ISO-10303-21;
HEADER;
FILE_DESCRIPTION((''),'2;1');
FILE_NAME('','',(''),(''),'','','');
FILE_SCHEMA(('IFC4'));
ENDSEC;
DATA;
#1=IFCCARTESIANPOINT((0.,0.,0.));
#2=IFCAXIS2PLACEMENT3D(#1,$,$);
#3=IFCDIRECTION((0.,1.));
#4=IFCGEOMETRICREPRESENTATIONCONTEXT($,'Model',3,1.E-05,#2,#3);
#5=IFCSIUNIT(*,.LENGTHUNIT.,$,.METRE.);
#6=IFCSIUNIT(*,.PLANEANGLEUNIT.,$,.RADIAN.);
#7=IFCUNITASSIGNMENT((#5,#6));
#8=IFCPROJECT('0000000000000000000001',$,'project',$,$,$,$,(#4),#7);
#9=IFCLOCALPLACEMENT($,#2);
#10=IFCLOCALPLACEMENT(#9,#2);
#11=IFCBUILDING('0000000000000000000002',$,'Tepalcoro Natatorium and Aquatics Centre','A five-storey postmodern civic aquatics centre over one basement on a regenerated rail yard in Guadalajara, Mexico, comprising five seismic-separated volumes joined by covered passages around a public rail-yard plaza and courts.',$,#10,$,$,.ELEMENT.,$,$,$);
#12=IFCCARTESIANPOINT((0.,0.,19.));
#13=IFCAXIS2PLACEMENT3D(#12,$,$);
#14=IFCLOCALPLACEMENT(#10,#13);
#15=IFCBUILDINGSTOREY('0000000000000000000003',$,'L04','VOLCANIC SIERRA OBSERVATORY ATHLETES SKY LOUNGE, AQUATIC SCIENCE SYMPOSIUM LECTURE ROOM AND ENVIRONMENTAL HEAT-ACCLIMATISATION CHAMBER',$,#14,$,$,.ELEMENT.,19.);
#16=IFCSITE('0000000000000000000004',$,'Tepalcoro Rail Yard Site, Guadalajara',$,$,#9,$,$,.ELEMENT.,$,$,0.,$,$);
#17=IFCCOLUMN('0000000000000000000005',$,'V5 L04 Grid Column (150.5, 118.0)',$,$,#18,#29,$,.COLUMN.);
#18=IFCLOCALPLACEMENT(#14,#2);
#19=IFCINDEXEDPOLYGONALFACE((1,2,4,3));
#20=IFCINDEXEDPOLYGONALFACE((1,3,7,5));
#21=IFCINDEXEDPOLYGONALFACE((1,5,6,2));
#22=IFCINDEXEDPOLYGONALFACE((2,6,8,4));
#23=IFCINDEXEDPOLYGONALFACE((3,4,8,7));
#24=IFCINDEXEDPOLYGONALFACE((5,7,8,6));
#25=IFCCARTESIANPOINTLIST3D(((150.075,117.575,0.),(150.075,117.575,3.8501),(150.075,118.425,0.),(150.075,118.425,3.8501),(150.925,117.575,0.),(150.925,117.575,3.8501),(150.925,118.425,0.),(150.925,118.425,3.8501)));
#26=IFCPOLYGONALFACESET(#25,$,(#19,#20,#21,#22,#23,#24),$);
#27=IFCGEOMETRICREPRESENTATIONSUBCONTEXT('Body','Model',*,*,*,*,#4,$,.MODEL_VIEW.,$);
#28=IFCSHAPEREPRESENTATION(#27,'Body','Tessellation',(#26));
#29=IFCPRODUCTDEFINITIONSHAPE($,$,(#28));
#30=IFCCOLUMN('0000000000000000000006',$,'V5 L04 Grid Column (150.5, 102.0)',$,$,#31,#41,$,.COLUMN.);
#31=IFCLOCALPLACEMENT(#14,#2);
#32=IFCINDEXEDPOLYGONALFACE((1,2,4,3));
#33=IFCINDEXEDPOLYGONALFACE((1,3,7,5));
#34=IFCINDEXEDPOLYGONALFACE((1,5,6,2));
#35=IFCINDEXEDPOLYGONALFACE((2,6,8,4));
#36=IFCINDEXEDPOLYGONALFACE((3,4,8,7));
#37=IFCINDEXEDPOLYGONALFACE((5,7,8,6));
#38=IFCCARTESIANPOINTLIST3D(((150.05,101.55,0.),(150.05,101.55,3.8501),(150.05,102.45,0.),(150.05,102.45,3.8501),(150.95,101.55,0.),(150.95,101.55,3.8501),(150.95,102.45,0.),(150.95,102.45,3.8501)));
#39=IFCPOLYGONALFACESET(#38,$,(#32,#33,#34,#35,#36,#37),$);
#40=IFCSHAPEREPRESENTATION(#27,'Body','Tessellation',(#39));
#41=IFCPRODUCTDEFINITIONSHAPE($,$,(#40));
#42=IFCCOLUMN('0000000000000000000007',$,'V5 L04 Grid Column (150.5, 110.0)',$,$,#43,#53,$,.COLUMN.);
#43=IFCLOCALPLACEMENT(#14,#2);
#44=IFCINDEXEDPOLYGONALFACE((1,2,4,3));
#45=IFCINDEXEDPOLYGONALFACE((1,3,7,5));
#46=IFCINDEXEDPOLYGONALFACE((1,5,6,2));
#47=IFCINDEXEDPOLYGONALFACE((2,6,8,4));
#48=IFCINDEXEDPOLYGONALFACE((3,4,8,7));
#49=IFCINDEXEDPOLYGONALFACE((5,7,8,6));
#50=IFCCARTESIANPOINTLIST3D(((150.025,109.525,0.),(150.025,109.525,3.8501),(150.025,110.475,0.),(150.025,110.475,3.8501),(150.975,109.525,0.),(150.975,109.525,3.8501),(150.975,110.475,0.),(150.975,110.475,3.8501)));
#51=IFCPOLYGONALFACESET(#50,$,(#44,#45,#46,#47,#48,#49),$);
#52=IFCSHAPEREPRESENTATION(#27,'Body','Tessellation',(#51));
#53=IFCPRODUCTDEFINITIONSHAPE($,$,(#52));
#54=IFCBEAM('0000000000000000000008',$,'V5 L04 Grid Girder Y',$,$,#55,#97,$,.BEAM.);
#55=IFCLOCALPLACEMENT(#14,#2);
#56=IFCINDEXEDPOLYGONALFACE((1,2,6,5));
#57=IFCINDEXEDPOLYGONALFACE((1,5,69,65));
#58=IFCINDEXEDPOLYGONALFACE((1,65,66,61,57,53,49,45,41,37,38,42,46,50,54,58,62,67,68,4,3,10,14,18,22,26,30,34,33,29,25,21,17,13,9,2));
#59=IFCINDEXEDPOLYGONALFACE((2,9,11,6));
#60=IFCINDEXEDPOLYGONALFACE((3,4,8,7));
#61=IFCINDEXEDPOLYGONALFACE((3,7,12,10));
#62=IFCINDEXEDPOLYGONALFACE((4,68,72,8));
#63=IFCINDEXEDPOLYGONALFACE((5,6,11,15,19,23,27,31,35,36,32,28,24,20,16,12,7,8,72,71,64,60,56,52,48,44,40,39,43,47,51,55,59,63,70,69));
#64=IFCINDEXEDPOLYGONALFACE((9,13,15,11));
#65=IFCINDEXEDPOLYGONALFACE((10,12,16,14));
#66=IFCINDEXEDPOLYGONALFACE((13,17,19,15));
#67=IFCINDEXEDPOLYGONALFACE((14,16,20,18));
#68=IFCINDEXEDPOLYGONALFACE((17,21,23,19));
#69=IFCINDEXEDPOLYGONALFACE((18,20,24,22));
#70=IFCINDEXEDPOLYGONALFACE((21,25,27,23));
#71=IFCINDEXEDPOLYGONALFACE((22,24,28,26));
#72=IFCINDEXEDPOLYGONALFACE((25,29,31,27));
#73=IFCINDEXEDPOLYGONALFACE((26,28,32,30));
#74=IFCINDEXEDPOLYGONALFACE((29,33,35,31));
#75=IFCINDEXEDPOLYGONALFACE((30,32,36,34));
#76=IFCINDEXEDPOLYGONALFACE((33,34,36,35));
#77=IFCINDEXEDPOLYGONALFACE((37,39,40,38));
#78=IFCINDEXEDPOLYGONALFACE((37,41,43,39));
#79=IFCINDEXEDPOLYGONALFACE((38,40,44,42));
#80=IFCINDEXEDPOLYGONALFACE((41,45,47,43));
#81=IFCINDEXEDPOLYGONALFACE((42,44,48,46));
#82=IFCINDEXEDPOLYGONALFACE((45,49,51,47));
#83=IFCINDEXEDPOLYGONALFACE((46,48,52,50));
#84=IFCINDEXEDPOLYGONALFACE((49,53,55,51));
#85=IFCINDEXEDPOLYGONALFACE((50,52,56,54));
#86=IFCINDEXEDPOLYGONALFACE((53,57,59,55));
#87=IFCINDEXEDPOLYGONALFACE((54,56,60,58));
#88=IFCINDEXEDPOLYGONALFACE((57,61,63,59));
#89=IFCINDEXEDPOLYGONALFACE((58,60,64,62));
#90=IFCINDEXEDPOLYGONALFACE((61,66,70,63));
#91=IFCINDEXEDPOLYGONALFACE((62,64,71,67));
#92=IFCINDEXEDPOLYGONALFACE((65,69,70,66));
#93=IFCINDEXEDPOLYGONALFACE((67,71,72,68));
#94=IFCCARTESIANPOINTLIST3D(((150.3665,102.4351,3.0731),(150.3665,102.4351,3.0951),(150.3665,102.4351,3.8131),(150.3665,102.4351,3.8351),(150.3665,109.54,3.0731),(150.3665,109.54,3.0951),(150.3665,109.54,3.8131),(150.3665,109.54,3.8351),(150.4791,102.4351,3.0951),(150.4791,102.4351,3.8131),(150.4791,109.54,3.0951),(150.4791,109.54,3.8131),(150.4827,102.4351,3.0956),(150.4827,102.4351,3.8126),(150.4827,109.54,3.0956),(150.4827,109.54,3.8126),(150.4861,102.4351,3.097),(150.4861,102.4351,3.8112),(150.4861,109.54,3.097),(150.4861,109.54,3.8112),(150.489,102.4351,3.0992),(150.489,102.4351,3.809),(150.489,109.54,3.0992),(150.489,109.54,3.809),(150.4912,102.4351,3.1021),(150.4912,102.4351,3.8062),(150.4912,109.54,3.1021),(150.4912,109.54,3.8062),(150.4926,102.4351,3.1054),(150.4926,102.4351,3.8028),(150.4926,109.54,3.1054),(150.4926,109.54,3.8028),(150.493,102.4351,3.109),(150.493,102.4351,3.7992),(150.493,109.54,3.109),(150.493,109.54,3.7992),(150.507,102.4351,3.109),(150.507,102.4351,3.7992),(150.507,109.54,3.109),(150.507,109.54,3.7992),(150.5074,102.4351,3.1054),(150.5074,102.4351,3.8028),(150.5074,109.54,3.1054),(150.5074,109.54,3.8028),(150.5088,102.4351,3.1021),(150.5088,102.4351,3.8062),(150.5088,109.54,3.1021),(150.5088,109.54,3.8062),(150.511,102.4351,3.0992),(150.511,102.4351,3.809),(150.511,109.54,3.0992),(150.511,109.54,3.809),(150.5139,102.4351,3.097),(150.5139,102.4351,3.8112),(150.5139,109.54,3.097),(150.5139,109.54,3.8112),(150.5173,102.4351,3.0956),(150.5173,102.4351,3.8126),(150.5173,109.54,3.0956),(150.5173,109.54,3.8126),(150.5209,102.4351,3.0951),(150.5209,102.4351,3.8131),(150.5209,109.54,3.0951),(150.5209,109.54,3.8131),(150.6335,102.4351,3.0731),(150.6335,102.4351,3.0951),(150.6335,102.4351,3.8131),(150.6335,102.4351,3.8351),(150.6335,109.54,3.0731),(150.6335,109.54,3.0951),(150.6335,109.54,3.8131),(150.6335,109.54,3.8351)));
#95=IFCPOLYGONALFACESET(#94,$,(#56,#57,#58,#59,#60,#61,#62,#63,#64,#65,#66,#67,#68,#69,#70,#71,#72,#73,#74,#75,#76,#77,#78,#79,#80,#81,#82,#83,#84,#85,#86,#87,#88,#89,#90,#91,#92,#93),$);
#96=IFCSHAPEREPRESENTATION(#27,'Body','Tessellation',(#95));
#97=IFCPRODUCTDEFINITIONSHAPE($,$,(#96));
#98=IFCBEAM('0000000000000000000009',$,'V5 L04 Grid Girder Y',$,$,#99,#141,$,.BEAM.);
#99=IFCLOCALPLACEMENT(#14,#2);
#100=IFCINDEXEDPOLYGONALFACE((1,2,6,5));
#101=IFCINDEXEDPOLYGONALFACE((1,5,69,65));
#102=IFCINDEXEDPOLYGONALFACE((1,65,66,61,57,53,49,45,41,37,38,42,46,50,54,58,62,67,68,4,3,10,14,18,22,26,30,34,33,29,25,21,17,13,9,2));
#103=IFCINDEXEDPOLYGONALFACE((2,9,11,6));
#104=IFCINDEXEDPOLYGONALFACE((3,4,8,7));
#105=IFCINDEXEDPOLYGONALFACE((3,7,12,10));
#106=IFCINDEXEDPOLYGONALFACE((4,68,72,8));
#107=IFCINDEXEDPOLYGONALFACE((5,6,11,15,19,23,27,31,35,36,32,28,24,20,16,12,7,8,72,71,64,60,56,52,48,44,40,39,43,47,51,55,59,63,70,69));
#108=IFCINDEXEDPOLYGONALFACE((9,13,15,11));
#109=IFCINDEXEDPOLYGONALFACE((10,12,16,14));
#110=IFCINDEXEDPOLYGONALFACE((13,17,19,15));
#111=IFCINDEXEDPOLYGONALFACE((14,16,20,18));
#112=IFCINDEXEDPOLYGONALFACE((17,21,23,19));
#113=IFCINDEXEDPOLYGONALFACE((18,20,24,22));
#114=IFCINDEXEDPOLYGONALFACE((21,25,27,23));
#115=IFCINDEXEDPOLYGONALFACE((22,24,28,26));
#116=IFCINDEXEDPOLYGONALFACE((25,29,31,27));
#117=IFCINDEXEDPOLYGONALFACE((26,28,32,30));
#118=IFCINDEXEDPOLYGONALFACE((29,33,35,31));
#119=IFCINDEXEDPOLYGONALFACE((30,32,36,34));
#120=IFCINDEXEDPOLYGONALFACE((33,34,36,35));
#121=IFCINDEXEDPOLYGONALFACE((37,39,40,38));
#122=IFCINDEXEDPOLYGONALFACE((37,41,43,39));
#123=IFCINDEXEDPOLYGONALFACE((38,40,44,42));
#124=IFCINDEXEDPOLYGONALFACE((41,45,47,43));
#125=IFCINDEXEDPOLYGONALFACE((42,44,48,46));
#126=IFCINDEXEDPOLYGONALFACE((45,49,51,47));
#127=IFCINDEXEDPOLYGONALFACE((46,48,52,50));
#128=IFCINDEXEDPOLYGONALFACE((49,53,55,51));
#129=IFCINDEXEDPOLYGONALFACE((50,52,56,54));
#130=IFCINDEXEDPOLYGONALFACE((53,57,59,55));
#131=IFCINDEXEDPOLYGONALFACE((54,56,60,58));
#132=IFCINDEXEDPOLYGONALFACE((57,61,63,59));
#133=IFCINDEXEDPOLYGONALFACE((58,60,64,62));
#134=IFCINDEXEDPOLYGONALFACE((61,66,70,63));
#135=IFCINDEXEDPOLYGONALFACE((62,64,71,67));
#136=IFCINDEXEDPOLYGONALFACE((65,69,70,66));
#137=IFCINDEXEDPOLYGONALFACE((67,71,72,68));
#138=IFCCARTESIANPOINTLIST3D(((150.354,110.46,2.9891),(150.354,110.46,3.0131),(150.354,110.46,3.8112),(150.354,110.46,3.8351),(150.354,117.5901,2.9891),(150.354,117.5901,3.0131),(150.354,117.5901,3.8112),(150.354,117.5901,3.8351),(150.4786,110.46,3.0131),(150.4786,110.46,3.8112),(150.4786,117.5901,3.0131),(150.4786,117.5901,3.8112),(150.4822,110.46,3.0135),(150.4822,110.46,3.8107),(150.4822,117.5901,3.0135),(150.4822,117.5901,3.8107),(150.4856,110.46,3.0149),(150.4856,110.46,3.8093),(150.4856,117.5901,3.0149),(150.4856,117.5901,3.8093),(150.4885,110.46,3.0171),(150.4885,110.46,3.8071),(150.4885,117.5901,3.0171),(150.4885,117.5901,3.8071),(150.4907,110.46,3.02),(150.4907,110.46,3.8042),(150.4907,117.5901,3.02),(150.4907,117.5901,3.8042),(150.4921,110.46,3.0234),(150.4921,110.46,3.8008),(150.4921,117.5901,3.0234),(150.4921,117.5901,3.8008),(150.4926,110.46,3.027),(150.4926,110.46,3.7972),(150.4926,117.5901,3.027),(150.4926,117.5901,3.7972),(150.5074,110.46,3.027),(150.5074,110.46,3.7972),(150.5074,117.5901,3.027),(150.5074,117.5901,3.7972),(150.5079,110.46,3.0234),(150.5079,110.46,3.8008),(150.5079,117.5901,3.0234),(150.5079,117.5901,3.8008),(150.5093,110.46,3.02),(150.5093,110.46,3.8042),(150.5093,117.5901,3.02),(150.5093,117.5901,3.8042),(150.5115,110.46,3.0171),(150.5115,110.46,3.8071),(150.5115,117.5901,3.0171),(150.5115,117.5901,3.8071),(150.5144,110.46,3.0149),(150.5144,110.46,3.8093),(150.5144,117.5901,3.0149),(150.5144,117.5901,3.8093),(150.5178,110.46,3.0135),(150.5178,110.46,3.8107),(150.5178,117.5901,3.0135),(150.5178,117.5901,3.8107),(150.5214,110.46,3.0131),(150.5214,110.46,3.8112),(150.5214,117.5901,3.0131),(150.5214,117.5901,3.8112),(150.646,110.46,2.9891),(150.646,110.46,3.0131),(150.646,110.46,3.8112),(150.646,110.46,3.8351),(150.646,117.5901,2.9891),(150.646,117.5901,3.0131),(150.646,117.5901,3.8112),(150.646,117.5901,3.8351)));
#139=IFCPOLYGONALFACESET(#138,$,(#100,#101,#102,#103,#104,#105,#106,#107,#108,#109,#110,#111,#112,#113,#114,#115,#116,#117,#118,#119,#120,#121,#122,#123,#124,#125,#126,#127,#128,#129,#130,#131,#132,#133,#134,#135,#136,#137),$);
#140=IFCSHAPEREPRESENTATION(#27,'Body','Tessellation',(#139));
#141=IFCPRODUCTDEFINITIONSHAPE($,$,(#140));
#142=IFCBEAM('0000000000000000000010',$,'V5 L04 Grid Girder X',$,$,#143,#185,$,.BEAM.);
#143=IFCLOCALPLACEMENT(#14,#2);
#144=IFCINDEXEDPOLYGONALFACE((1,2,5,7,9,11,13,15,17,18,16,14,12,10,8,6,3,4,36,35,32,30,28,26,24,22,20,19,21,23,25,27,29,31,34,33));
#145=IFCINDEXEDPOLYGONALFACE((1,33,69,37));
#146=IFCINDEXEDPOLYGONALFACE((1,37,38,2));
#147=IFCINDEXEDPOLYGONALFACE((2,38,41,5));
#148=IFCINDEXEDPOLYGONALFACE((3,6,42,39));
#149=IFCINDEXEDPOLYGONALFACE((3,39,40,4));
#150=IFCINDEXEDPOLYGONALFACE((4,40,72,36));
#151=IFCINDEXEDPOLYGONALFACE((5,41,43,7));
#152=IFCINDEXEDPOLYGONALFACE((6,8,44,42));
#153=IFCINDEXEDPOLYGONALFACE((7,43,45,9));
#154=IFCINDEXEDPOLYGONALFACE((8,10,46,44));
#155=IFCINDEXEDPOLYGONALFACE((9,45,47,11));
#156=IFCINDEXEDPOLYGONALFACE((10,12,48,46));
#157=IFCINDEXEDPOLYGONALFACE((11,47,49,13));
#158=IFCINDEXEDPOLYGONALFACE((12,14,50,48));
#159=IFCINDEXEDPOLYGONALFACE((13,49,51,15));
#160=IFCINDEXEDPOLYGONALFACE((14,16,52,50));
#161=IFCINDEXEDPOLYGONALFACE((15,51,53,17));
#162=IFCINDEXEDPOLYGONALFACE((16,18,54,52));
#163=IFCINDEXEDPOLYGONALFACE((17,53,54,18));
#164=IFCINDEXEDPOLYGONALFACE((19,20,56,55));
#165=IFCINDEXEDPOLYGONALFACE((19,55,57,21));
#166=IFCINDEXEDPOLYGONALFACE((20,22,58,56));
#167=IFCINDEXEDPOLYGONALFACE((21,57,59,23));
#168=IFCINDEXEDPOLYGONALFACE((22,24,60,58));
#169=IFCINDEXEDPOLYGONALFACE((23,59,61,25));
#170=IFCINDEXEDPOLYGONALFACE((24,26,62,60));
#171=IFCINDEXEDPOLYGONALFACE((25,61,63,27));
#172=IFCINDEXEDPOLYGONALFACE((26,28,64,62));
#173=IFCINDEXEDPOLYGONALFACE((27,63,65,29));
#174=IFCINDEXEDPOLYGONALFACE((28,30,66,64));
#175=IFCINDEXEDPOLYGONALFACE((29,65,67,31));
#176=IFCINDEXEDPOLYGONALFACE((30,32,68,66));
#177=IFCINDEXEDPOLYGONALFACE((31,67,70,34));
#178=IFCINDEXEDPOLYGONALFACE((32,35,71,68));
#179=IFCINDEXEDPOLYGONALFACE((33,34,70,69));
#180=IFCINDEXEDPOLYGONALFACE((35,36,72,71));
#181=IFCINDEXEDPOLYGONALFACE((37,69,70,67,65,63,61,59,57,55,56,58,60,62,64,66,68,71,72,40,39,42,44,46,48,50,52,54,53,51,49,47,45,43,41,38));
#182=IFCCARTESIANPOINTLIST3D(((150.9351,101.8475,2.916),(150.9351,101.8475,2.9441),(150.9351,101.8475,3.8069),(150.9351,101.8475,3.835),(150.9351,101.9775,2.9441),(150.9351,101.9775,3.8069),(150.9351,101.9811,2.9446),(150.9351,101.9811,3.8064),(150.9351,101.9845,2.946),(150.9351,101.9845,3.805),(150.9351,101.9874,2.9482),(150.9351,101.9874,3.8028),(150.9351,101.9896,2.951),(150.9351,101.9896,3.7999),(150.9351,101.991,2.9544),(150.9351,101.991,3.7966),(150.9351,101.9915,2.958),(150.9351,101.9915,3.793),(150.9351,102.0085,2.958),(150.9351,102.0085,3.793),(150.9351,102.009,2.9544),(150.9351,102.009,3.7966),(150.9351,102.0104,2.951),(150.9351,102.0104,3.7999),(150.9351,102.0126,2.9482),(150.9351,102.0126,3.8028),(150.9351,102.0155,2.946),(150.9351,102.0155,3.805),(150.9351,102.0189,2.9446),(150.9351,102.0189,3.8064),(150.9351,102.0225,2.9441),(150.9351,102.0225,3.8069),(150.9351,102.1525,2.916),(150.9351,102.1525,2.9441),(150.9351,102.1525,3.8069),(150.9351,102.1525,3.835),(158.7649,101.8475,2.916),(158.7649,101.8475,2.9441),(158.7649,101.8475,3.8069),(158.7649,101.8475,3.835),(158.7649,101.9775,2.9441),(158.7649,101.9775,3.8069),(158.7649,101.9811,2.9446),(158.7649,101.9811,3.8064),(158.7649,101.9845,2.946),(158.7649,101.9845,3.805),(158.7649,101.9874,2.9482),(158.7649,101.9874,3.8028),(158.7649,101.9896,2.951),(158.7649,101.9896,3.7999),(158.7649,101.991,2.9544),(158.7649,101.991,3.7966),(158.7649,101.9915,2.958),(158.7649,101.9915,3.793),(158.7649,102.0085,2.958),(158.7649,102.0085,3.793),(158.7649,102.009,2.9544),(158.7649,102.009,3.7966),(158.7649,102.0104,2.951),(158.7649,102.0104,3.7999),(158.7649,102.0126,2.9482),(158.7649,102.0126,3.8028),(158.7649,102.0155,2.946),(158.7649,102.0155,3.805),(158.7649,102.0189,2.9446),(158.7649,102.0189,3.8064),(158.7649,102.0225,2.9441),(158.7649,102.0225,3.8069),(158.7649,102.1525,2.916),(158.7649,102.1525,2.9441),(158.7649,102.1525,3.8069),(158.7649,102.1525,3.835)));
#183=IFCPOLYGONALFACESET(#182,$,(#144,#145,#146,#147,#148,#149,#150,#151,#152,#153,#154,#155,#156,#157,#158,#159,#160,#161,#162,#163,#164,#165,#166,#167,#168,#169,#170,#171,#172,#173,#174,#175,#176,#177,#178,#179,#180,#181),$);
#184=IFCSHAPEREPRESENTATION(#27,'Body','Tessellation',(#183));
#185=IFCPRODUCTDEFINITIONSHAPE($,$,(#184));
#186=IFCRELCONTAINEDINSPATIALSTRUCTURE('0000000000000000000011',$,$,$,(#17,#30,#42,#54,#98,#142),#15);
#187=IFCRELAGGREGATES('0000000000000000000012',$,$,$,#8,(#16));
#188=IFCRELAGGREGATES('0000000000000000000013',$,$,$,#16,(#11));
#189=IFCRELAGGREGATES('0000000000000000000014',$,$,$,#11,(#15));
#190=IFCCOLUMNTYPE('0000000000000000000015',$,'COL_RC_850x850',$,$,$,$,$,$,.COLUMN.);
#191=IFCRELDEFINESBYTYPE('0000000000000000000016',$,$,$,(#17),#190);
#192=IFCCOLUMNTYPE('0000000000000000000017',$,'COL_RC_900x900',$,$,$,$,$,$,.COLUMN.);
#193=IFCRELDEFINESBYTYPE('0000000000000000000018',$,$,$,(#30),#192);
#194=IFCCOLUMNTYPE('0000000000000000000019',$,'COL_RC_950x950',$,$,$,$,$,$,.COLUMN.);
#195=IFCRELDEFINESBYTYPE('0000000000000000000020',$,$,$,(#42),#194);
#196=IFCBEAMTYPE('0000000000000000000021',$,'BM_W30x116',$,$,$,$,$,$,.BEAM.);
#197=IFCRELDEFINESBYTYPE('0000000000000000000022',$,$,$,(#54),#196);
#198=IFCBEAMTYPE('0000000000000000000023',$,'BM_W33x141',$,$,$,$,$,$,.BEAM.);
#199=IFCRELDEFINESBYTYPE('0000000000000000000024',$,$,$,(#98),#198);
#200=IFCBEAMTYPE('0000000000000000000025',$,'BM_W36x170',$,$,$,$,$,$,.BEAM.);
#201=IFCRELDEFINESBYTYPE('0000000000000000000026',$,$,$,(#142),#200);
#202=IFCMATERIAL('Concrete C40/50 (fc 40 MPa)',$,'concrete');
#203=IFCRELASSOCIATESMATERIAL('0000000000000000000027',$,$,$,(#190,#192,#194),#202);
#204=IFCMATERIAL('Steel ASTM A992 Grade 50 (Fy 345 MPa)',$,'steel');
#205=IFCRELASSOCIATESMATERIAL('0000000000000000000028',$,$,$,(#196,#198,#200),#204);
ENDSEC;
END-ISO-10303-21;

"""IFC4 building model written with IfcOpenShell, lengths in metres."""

from ifc_helpers import new_model, si_unit, direction, frame, origin, origin_2d, place, context, subcontext, project, spatial, rectangle, i_section, extrude, material, material_profile, profile_set, type_object, element, save


model = new_model("IFC4")

# Units and contexts
model_context = context("Model", 3, precision=1e-05, world=origin(), true_north=direction((0.0, 1.0)))
body_context = subcontext(model_context, "Body", "Model", "MODEL_VIEW")
ifc_project = project(units=[si_unit("LENGTHUNIT", "METRE"), si_unit("PLANEANGLEUNIT", "RADIAN")], contexts=[model_context])

# Site, building, storey
site_placement = place(None, origin())
site = spatial("IfcSite", under=ifc_project, at=site_placement, Name="Tepalcoro Rail Yard Site, Guadalajara", CompositionType="ELEMENT", RefElevation=0.0)
building_placement = place(site_placement, origin())
building = spatial("IfcBuilding", under=site, at=building_placement, Name="Tepalcoro Natatorium and Aquatics Centre", Description="A five-storey postmodern civic aquatics centre over one basement on a regenerated rail yard in Guadalajara, Mexico, comprising five seismic-separated volumes joined by covered passages around a public rail-yard plaza and courts.", CompositionType="ELEMENT")
storey_placement = place(building_placement, frame((0.0, 0.0, 19.0)))
storey = spatial("IfcBuildingStorey", under=building, at=storey_placement, Name="L04", Description="VOLCANIC SIERRA OBSERVATORY ATHLETES SKY LOUNGE, AQUATIC SCIENCE SYMPOSIUM LECTURE ROOM AND ENVIRONMENTAL HEAT-ACCLIMATISATION CHAMBER", CompositionType="ELEMENT", Elevation=19.0)

# Columns
ifc_material_1 = material(Name="Concrete C40/50 (fc 40 MPa)", Category="concrete")
ifc_material_profile_1 = material_profile(ifc_material_1, rectangle(XDim=0.8501, YDim=0.8501, at=origin_2d()), Name="RC850x850")
ifc_profile_set_1 = profile_set([ifc_material_profile_1], Name="Concrete C40/50 (fc 40 MPa)")
column_type_1 = type_object("IfcColumnType", Name="COL_RC_850x850", PredefinedType="COLUMN", material=ifc_profile_set_1)
column_1_placement = place(storey_placement, frame((150.5, 118.0, 0.0), z_axis=(0.0, 0.0, 1.0), x_axis=(1.0, 0.0, 0.0)))
element("IfcColumn", 1, at=column_1_placement, inside=storey, type_object=column_type_1, Name="V5 L04 Grid Column (150.5, 118.0)", PredefinedType="COLUMN", context=body_context, shape_type="SweptSolid", body=[
    extrude(rectangle(XDim=0.8501, YDim=0.8501, at=origin_2d()), origin(), (0.0, 0.0, 1.0), 3.8501),
])
ifc_material_profile_2 = material_profile(ifc_material_1, rectangle(XDim=0.8999, YDim=0.8999, at=origin_2d()), Name="RC900x900")
ifc_profile_set_2 = profile_set([ifc_material_profile_2], Name="Concrete C40/50 (fc 40 MPa)")
column_type_2 = type_object("IfcColumnType", Name="COL_RC_900x900", PredefinedType="COLUMN", material=ifc_profile_set_2)
column_2_placement = place(storey_placement, frame((150.5, 102.0, 0.0), z_axis=(0.0, 0.0, 1.0), x_axis=(1.0, 0.0, 0.0)))
element("IfcColumn", 2, at=column_2_placement, inside=storey, type_object=column_type_2, Name="V5 L04 Grid Column (150.5, 102.0)", PredefinedType="COLUMN", context=body_context, shape_type="SweptSolid", body=[
    extrude(rectangle(XDim=0.8999, YDim=0.8999, at=origin_2d()), origin(), (0.0, 0.0, 1.0), 3.8501),
])
ifc_material_profile_3 = material_profile(ifc_material_1, rectangle(XDim=0.95, YDim=0.95, at=origin_2d()), Name="RC950x950")
ifc_profile_set_3 = profile_set([ifc_material_profile_3], Name="Concrete C40/50 (fc 40 MPa)")
column_type_3 = type_object("IfcColumnType", Name="COL_RC_950x950", PredefinedType="COLUMN", material=ifc_profile_set_3)
column_3_placement = place(storey_placement, frame((150.5, 110.0, 0.0), z_axis=(0.0, 0.0, 1.0), x_axis=(1.0, 0.0, 0.0)))
element("IfcColumn", 3, at=column_3_placement, inside=storey, type_object=column_type_3, Name="V5 L04 Grid Column (150.5, 110.0)", PredefinedType="COLUMN", context=body_context, shape_type="SweptSolid", body=[
    extrude(rectangle(XDim=0.95, YDim=0.95, at=origin_2d()), origin(), (0.0, 0.0, 1.0), 3.8501),
])

# Beams
ifc_material_2 = material(Name="Steel ASTM A992 Grade 50 (Fy 345 MPa)", Category="steel")
ifc_material_profile_4 = material_profile(ifc_material_2, i_section(OverallWidth=0.2671, OverallDepth=0.762, WebThickness=0.0139, FlangeThickness=0.022, FilletRadius=0.0139, at=origin_2d()), Name="W30X116")
ifc_profile_set_4 = profile_set([ifc_material_profile_4], Name="Steel ASTM A992 Grade 50 (Fy 345 MPa)")
beam_type_1 = type_object("IfcBeamType", Name="BM_W30x116", PredefinedType="BEAM", material=ifc_profile_set_4)
beam_1_placement = place(storey_placement, frame((150.5, 102.4351, 3.4541), z_axis=(0.0, 1.0, 0.0), x_axis=(-1.0, 0.0, 0.0)))
element("IfcBeam", 4, at=beam_1_placement, inside=storey, type_object=beam_type_1, Name="V5 L04 Grid Girder Y", PredefinedType="BEAM", context=body_context, shape_type="SweptSolid", body=[
    extrude(i_section(OverallWidth=0.2671, OverallDepth=0.762, WebThickness=0.0139, FlangeThickness=0.022, FilletRadius=0.0139, at=origin_2d()), origin(), (0.0, 0.0, 1.0), 7.105),
])
ifc_material_profile_5 = material_profile(ifc_material_2, i_section(OverallWidth=0.292, OverallDepth=0.8459, WebThickness=0.0149, FlangeThickness=0.0239, FilletRadius=0.0139, at=origin_2d()), Name="W33X141")
ifc_profile_set_5 = profile_set([ifc_material_profile_5], Name="Steel ASTM A992 Grade 50 (Fy 345 MPa)")
beam_type_2 = type_object("IfcBeamType", Name="BM_W33x141", PredefinedType="BEAM", material=ifc_profile_set_5)
beam_2_placement = place(storey_placement, frame((150.5, 110.46, 3.4121), z_axis=(0.0, 1.0, 0.0), x_axis=(-1.0, 0.0, 0.0)))
element("IfcBeam", 5, at=beam_2_placement, inside=storey, type_object=beam_type_2, Name="V5 L04 Grid Girder Y", PredefinedType="BEAM", context=body_context, shape_type="SweptSolid", body=[
    extrude(i_section(OverallWidth=0.292, OverallDepth=0.8459, WebThickness=0.0149, FlangeThickness=0.0239, FilletRadius=0.0139, at=origin_2d()), origin(), (0.0, 0.0, 1.0), 7.1301),
])
ifc_material_profile_6 = material_profile(ifc_material_2, i_section(OverallWidth=0.3049, OverallDepth=0.9189, WebThickness=0.0171, FlangeThickness=0.0281, FilletRadius=0.0139, at=origin_2d()), Name="W36X170")
ifc_profile_set_6 = profile_set([ifc_material_profile_6], Name="Steel ASTM A992 Grade 50 (Fy 345 MPa)")
beam_type_3 = type_object("IfcBeamType", Name="BM_W36x170", PredefinedType="BEAM", material=ifc_profile_set_6)
beam_3_placement = place(storey_placement, frame((150.9351, 102.0, 3.3755), z_axis=(1.0, 0.0, 0.0), x_axis=(0.0, 1.0, 0.0)))
element("IfcBeam", 6, at=beam_3_placement, inside=storey, type_object=beam_type_3, Name="V5 L04 Grid Girder X", PredefinedType="BEAM", context=body_context, shape_type="SweptSolid", body=[
    extrude(i_section(OverallWidth=0.3049, OverallDepth=0.9189, WebThickness=0.0171, FlangeThickness=0.0281, FilletRadius=0.0139, at=origin_2d()), origin(), (0.0, 0.0, 1.0), 7.8298),
])

save(model, "model.ifc")
